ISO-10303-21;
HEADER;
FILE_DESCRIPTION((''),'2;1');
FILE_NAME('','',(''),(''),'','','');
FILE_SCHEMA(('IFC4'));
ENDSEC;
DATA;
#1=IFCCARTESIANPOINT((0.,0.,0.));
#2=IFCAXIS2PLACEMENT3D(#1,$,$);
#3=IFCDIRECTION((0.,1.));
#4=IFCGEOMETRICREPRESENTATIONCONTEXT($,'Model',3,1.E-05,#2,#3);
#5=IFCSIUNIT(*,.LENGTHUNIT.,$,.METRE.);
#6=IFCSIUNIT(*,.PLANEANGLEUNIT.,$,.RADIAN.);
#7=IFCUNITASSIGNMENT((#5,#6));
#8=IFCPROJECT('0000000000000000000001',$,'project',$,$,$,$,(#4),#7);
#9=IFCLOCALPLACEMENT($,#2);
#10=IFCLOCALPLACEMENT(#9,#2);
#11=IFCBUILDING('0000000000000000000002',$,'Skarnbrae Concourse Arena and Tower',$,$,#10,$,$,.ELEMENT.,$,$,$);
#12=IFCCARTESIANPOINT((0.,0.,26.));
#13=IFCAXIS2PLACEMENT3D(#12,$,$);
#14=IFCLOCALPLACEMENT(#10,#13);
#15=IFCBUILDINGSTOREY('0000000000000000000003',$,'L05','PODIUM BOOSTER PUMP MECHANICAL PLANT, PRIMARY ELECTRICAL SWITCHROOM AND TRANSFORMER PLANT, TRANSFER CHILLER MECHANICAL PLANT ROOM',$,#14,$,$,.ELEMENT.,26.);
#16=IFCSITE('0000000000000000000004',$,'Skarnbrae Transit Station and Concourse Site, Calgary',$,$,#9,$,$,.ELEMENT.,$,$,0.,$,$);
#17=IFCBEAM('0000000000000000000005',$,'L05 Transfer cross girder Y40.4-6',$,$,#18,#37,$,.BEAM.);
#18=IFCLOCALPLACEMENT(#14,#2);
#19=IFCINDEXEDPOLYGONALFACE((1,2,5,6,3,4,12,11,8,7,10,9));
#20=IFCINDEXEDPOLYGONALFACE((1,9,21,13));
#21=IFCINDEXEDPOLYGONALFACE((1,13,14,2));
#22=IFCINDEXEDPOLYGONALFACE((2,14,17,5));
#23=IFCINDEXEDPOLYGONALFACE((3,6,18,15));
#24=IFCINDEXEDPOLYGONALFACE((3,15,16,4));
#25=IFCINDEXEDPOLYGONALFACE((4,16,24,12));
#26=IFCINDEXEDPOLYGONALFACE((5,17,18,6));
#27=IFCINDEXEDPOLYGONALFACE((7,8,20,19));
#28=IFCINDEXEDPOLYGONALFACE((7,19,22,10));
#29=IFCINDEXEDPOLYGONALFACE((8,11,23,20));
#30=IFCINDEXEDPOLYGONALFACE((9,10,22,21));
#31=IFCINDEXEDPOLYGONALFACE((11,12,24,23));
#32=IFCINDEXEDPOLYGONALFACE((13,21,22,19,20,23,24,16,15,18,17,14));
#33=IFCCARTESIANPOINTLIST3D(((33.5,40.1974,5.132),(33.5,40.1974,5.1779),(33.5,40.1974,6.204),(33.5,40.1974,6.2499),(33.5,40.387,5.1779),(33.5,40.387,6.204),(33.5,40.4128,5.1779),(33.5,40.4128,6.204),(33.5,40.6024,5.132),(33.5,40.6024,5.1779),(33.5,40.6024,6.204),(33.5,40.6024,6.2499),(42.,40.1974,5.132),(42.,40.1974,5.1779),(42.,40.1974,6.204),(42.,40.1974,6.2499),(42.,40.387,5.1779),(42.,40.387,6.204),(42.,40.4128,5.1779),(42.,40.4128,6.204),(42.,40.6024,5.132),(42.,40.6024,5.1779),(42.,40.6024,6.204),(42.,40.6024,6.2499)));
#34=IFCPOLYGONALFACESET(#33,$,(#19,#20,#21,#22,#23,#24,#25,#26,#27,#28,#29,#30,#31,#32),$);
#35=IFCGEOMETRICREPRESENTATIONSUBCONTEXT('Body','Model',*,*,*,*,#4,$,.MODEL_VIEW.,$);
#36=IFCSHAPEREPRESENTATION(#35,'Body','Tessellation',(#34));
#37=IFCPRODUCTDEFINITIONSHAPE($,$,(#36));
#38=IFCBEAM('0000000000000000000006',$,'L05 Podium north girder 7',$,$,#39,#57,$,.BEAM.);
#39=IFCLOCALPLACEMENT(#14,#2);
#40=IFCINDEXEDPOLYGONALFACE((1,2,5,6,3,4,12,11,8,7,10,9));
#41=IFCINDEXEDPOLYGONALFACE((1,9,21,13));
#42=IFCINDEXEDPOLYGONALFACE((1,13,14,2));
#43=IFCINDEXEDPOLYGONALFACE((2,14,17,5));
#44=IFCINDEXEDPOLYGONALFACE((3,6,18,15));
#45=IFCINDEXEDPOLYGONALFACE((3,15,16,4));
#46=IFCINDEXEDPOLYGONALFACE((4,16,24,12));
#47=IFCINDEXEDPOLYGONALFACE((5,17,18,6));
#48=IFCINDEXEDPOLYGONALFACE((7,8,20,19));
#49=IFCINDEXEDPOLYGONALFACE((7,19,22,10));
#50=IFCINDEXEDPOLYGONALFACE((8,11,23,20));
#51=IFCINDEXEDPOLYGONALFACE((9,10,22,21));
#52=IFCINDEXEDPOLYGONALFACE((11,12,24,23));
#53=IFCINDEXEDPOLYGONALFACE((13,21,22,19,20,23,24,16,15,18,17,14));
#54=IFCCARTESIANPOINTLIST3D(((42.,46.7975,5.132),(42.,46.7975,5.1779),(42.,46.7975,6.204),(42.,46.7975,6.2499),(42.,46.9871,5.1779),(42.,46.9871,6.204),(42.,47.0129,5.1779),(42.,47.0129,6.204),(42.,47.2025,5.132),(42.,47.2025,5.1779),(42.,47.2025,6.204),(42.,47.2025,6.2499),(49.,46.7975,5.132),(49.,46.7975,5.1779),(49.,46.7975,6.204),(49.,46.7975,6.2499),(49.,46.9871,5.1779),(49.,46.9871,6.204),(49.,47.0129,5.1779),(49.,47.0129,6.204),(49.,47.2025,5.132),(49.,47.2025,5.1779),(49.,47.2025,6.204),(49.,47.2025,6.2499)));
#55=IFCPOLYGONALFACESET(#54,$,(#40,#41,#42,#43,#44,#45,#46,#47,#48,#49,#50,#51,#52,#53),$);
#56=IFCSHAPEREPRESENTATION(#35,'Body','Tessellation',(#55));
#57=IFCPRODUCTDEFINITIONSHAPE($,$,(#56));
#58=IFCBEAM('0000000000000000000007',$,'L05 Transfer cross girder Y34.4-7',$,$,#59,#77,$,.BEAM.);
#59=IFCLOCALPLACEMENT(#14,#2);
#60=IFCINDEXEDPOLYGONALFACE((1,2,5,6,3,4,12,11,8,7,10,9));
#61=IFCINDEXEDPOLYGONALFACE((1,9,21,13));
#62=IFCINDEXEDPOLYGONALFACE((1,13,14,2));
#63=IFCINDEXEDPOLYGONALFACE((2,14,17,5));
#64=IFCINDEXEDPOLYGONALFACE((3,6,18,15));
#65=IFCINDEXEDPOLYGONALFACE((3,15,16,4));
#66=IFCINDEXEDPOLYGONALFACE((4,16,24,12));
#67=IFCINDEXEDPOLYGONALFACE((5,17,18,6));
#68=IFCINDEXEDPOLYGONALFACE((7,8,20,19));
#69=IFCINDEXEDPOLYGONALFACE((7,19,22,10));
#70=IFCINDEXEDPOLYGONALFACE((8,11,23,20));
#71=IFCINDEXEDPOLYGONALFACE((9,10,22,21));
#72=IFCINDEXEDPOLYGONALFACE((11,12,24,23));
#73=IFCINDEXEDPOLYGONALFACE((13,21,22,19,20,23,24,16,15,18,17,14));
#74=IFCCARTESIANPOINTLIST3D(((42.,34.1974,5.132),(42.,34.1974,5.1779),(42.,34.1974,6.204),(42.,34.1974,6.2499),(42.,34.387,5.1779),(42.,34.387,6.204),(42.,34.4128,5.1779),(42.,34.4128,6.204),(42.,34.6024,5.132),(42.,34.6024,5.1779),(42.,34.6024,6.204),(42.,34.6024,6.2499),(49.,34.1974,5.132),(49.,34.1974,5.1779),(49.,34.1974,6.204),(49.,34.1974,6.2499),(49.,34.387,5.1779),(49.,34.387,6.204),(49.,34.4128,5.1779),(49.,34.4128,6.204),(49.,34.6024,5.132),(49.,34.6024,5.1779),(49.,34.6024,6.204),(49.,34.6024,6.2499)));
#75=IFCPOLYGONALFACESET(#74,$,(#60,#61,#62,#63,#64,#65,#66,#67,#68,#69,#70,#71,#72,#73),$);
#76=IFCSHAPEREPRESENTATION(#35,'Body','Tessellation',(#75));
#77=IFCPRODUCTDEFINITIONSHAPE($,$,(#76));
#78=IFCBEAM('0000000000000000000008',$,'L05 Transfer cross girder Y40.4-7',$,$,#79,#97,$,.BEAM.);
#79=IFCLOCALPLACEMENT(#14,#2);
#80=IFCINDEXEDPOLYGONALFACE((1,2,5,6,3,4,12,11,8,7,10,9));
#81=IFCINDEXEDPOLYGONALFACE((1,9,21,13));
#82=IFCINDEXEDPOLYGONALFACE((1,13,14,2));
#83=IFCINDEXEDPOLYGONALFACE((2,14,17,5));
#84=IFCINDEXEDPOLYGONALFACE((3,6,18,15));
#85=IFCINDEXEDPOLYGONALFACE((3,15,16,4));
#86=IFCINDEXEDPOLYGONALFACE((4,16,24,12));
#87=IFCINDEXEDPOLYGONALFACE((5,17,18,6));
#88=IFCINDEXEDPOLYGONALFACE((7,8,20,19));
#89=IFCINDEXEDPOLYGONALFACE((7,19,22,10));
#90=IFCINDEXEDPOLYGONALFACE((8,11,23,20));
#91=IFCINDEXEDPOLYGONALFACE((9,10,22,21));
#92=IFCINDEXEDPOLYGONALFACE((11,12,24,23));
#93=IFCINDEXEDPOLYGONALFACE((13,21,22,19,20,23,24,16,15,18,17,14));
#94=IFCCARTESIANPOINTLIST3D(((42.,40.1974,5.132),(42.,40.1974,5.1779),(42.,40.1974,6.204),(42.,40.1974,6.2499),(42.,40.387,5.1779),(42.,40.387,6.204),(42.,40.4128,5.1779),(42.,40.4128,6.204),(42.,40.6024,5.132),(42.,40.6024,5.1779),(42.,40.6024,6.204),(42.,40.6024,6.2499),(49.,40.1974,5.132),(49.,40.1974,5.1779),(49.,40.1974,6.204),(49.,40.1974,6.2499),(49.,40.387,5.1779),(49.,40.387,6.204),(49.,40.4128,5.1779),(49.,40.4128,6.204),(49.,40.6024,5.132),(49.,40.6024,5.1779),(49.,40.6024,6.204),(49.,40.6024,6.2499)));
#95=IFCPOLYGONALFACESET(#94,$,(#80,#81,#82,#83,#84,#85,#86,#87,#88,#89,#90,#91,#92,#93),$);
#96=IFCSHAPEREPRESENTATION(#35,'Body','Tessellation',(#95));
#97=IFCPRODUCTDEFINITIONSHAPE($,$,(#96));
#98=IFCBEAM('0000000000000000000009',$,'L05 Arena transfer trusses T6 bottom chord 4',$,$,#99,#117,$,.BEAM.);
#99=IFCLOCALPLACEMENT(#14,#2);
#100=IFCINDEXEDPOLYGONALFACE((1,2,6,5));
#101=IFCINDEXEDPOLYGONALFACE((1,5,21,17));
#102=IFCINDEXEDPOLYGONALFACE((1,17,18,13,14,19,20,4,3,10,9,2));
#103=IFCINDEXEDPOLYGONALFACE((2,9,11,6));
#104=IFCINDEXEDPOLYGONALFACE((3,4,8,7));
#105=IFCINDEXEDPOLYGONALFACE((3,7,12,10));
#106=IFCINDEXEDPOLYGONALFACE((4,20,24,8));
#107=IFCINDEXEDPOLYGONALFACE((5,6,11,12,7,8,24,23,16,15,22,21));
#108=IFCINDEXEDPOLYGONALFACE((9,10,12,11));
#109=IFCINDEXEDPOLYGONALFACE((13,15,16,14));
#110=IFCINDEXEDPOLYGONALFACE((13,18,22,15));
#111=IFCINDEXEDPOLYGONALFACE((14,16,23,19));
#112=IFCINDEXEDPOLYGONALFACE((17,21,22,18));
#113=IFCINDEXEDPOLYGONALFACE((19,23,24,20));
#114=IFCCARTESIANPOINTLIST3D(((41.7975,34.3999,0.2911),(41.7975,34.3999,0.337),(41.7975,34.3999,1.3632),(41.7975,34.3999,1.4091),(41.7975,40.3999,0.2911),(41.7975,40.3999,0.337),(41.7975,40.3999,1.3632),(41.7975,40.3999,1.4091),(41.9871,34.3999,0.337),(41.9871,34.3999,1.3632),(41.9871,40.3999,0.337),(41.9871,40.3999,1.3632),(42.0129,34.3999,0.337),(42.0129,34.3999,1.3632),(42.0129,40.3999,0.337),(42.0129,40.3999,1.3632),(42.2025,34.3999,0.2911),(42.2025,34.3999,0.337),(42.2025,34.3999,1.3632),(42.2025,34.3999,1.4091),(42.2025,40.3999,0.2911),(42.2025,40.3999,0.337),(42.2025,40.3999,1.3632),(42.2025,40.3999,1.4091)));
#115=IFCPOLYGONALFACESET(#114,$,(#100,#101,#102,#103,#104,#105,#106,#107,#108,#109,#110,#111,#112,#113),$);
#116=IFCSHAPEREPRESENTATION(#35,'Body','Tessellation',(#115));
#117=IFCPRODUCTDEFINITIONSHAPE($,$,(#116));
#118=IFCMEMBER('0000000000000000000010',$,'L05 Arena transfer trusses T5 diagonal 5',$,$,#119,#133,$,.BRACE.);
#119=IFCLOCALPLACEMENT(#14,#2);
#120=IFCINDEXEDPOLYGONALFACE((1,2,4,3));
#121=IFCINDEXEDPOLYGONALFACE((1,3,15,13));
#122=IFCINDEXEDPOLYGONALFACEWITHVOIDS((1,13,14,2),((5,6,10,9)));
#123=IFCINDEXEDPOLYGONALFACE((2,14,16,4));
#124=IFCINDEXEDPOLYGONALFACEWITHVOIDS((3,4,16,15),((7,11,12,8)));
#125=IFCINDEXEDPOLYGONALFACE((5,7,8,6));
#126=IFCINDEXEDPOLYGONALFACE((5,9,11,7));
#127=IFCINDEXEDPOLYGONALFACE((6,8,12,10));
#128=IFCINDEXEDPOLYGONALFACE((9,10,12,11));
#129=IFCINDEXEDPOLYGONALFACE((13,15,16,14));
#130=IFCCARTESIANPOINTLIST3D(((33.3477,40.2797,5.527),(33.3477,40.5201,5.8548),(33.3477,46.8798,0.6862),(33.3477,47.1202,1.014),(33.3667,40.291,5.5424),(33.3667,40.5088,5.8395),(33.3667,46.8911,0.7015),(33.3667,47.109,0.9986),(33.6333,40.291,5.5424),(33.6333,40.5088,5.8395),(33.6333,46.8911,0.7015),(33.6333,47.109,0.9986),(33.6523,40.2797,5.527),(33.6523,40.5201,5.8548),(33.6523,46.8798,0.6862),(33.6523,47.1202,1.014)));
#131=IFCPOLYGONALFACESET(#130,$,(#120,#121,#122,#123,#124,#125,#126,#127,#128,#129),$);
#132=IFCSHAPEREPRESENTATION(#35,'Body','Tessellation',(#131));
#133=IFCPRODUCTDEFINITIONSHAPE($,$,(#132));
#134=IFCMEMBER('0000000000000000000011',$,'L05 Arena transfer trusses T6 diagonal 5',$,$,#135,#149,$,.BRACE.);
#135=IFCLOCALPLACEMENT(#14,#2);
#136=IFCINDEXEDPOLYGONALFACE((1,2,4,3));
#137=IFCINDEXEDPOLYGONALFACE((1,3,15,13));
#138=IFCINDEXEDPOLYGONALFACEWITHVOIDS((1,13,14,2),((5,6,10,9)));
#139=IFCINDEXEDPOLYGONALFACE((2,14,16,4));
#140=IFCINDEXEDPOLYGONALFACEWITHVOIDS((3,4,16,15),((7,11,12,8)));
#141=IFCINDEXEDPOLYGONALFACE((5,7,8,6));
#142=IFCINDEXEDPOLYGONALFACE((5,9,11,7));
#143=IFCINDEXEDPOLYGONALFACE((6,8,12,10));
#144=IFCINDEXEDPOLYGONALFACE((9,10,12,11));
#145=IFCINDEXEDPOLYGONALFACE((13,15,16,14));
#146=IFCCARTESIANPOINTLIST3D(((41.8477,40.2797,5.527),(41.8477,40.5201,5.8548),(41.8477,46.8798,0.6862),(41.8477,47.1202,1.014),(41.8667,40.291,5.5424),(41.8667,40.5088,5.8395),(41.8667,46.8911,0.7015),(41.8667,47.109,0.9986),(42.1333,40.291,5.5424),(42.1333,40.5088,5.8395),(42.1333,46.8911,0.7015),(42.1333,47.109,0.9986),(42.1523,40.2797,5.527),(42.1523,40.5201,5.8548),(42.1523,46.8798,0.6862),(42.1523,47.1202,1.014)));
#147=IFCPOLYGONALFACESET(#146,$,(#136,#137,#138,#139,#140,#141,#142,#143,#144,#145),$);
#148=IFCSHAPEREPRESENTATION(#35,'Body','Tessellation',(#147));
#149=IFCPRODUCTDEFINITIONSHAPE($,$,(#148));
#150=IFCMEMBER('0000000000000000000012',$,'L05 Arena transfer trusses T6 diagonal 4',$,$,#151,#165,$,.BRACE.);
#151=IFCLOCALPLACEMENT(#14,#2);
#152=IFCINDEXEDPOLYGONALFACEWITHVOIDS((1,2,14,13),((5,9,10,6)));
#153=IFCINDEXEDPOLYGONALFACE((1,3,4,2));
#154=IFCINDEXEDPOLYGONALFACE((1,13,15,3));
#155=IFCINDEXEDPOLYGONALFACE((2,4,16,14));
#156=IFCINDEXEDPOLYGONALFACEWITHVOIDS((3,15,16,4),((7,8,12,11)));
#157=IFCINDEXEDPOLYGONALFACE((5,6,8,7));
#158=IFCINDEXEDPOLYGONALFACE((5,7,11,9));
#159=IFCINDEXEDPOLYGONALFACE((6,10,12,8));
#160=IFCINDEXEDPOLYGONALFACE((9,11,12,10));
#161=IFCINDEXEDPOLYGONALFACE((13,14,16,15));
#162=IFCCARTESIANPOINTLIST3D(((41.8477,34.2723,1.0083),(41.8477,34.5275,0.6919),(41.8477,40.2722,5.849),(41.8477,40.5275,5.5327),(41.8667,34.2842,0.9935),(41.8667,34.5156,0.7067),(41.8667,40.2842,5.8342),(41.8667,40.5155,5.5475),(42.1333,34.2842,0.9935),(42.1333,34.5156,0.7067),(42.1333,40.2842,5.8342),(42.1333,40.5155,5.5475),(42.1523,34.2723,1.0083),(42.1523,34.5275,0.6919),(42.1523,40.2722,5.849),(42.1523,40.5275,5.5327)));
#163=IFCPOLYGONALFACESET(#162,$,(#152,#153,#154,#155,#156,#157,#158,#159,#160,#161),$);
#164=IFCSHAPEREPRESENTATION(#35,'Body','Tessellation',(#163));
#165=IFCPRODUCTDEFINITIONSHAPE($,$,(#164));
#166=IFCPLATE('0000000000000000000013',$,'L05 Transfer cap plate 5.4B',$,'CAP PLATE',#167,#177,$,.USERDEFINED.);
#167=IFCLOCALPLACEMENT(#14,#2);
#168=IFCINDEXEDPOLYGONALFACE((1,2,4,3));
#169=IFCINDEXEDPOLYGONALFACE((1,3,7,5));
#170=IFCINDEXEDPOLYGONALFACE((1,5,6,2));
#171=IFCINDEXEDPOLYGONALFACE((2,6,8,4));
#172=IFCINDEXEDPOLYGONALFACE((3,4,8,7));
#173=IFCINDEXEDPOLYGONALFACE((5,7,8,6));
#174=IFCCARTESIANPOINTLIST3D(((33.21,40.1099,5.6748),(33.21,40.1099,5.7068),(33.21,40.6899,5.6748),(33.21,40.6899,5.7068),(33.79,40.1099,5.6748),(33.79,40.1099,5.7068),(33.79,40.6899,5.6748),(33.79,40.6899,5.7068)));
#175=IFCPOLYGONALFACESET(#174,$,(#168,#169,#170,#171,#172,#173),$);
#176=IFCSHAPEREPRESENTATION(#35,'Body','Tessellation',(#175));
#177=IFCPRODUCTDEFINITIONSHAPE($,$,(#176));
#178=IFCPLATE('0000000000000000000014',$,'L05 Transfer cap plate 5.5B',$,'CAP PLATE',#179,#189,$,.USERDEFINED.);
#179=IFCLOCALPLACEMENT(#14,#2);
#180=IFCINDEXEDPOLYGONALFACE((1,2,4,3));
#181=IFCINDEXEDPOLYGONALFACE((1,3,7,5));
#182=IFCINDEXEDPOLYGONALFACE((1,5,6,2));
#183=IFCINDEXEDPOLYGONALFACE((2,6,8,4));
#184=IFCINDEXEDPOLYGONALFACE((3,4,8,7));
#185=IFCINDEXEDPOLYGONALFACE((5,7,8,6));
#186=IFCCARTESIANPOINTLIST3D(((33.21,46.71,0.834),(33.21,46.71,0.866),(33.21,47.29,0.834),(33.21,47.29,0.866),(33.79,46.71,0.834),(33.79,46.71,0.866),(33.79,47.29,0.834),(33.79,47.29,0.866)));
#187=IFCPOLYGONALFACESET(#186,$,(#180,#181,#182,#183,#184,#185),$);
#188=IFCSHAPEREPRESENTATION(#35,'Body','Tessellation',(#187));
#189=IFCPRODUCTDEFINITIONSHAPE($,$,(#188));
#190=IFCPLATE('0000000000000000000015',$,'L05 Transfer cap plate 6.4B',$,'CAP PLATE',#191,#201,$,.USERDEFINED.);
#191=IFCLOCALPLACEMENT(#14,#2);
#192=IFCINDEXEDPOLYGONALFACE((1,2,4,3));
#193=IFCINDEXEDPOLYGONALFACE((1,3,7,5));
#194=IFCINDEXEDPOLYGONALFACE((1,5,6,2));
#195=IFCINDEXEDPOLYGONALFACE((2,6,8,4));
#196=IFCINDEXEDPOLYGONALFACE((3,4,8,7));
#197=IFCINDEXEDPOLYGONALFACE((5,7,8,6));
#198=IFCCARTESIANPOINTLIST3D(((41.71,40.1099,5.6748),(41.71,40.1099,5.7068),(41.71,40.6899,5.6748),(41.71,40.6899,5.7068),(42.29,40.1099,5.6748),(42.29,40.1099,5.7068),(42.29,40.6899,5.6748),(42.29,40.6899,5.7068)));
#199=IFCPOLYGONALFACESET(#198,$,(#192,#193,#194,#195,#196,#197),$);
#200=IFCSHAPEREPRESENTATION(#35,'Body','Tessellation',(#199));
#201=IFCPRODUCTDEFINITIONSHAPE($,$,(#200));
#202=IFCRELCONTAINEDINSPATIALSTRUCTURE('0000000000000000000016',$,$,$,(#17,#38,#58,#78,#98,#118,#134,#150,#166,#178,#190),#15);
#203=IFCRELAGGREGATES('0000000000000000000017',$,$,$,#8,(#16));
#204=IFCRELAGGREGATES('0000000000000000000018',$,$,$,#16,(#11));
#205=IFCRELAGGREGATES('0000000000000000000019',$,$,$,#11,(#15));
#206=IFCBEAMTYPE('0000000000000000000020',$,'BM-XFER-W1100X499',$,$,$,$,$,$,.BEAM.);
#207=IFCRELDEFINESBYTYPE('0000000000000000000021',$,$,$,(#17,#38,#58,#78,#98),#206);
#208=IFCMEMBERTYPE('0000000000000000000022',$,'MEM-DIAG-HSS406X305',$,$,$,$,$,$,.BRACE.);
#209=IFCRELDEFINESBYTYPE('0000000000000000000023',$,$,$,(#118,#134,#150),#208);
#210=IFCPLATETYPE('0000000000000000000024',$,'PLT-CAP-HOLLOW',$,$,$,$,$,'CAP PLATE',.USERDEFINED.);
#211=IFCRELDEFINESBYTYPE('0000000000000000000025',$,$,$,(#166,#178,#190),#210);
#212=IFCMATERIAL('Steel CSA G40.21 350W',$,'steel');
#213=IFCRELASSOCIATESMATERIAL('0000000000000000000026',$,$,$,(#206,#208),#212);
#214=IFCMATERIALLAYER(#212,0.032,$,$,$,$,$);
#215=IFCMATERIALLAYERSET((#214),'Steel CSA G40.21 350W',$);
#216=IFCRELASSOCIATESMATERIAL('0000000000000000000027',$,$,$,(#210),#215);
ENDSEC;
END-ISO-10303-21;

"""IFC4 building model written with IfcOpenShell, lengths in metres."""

from ifc_helpers import new_model, si_unit, direction, frame, origin, origin_2d, place, context, subcontext, project, spatial, rectangle, hollow_rectangle, i_section, extrude, source, transform, mapped, material, layer, layer_set, material_profile, profile_set, type_object, element, save


model = new_model("IFC4")

# Units and contexts
model_context = context("Model", 3, precision=1e-05, world=origin(), true_north=direction((0.0, 1.0)))
body_context = subcontext(model_context, "Body", "Model", "MODEL_VIEW")
ifc_project = project(units=[si_unit("LENGTHUNIT", "METRE"), si_unit("PLANEANGLEUNIT", "RADIAN")], contexts=[model_context])

# Site, building, storey
site_placement = place(None, origin())
site = spatial("IfcSite", under=ifc_project, at=site_placement, Name="Skarnbrae Transit Station and Concourse Site, Calgary", CompositionType="ELEMENT", RefElevation=0.0)
building_placement = place(site_placement, origin())
building = spatial("IfcBuilding", under=site, at=building_placement, Name="Skarnbrae Concourse Arena and Tower", CompositionType="ELEMENT")
storey_placement = place(building_placement, frame((0.0, 0.0, 26.0)))
storey = spatial("IfcBuildingStorey", under=building, at=storey_placement, Name="L05", Description="PODIUM BOOSTER PUMP MECHANICAL PLANT, PRIMARY ELECTRICAL SWITCHROOM AND TRANSFORMER PLANT, TRANSFER CHILLER MECHANICAL PLANT ROOM", CompositionType="ELEMENT", Elevation=26.0)

# Shared definitions
ifc_material_1 = material(Name="Steel CSA G40.21 350W", Category="steel")

# Beams
ifc_material_profile_1 = material_profile(ifc_material_1, i_section(OverallWidth=0.405, OverallDepth=1.1179, WebThickness=0.0259, FlangeThickness=0.0459, at=origin_2d()), Name="W1100X499")
ifc_profile_set_1 = profile_set([ifc_material_profile_1], Name="Steel CSA G40.21 350W")
beam_type = type_object("IfcBeamType", Name="BM-XFER-W1100X499", PredefinedType="BEAM", material=ifc_profile_set_1)
shared_shape_1 = source(origin(), body_context, "Body", "SweptSolid", [
    extrude(i_section(OverallWidth=0.405, OverallDepth=1.1179, WebThickness=0.0259, FlangeThickness=0.0459, at=origin_2d()), origin(), (0.0, 0.0, 1.0), 8.5),
])
for number, where, z_axis, x_axis, name in (
    (1, (33.5, 40.3999, 5.6909), (1.0, 0.0, 0.0), (0.0, 1.0, 0.0), "L05 Transfer cross girder Y40.4-6"),
):
    element("IfcBeam", number, at=place(storey_placement, frame(where, z_axis=z_axis, x_axis=x_axis)), inside=storey, type_object=beam_type, Name=name, PredefinedType="BEAM", context=body_context, shape_type="MappedRepresentation", body=[
        mapped(shared_shape_1, transform((0.0, 0.0, 0.0))),
    ])
shared_shape_2 = source(origin(), body_context, "Body", "SweptSolid", [
    extrude(i_section(OverallWidth=0.405, OverallDepth=1.1179, WebThickness=0.0259, FlangeThickness=0.0459, at=origin_2d()), origin(), (0.0, 0.0, 1.0), 7.0),
])
for number, where, z_axis, x_axis, name in (
    (2, (42.0, 47.0, 5.6909), (1.0, 0.0, 0.0), (0.0, 1.0, 0.0), "L05 Podium north girder 7"),
    (3, (42.0, 34.3999, 5.6909), (1.0, 0.0, 0.0), (0.0, 1.0, 0.0), "L05 Transfer cross girder Y34.4-7"),
    (4, (42.0, 40.3999, 5.6909), (1.0, 0.0, 0.0), (0.0, 1.0, 0.0), "L05 Transfer cross girder Y40.4-7"),
):
    element("IfcBeam", number, at=place(storey_placement, frame(where, z_axis=z_axis, x_axis=x_axis)), inside=storey, type_object=beam_type, Name=name, PredefinedType="BEAM", context=body_context, shape_type="MappedRepresentation", body=[
        mapped(shared_shape_2, transform((0.0, 0.0, 0.0))),
    ])
shared_shape_3 = source(origin(), body_context, "Body", "SweptSolid", [
    extrude(i_section(OverallWidth=0.405, OverallDepth=1.1179, WebThickness=0.0259, FlangeThickness=0.0459, at=origin_2d()), origin(), (0.0, 0.0, 1.0), 6.0),
])
beam_placement = place(storey_placement, frame((42.0, 34.3999, 0.8501), z_axis=(0.0, 1.0, 0.0), x_axis=(-1.0, 0.0, 0.0)))
element("IfcBeam", 5, at=beam_placement, inside=storey, type_object=beam_type, Name="L05 Arena transfer trusses T6 bottom chord 4", PredefinedType="BEAM", context=body_context, shape_type="MappedRepresentation", body=[
    mapped(shared_shape_3, transform((0.0, 0.0, 0.0))),
])

# Members
ifc_material_profile_2 = material_profile(ifc_material_1, hollow_rectangle(XDim=0.3047, YDim=0.4065, WallThickness=0.019, at=origin_2d()), Name="HSS406X305X19.0")
ifc_profile_set_2 = profile_set([ifc_material_profile_2], Name="Steel CSA G40.21 350W")
member_type = type_object("IfcMemberType", Name="MEM-DIAG-HSS406X305", PredefinedType="BRACE", material=ifc_profile_set_2)
shared_shape_4 = source(origin(), body_context, "Body", "SweptSolid", [
    extrude(hollow_rectangle(XDim=0.3047, YDim=0.4065, WallThickness=0.019, at=origin_2d()), origin(), (0.0, 0.0, 1.0), 8.1851),
])
for number, where, z_axis, x_axis, name in (
    (6, (33.5, 40.3999, 5.6909), (0.0, 0.806361, -0.591423), (-1.0, 0.0, 0.0), "L05 Arena transfer trusses T5 diagonal 5"),
    (7, (42.0, 40.3999, 5.6909), (0.0, 0.806361, -0.591423), (-1.0, 0.0, 0.0), "L05 Arena transfer trusses T6 diagonal 5"),
):
    element("IfcMember", number, at=place(storey_placement, frame(where, z_axis=z_axis, x_axis=x_axis)), inside=storey, type_object=member_type, Name=name, PredefinedType="BRACE", context=body_context, shape_type="MappedRepresentation", body=[
        mapped(shared_shape_4, transform((0.0, 0.0, 0.0))),
    ])
shared_shape_5 = source(origin(), body_context, "Body", "SweptSolid", [
    extrude(hollow_rectangle(XDim=0.3047, YDim=0.4065, WallThickness=0.019, at=origin_2d()), origin(), (0.0, 0.0, 1.0), 7.7092),
])
member_placement = place(storey_placement, frame((42.0, 34.3999, 0.8501), z_axis=(0.0, 0.778279, 0.627918), x_axis=(-1.0, 0.0, 0.0)))
element("IfcMember", 8, at=member_placement, inside=storey, type_object=member_type, Name="L05 Arena transfer trusses T6 diagonal 4", PredefinedType="BRACE", context=body_context, shape_type="MappedRepresentation", body=[
    mapped(shared_shape_5, transform((0.0, 0.0, 0.0))),
])

# Plates
ifc_layer_1 = layer(ifc_material_1, 0.032)
ifc_layer_set_1 = layer_set([ifc_layer_1], Name="Steel CSA G40.21 350W")
plate_type_1 = type_object("IfcPlateType", Name="PLT-CAP-HOLLOW", ElementType="CAP PLATE", PredefinedType="USERDEFINED", material=ifc_layer_set_1)
shared_shape_6 = source(origin(), body_context, "Body", "SweptSolid", [
    extrude(rectangle(XDim=0.5801, YDim=0.5801, at=origin_2d()), origin(), (0.0, 0.0, 1.0), 0.032),
])
for number, where, z_axis, x_axis, name in (
    (9, (33.5, 40.3999, 5.6748), (0.0, 0.0, 1.0), (1.0, 0.0, 0.0), "L05 Transfer cap plate 5.4B"),
    (10, (33.5, 47.0, 0.834), (0.0, 0.0, 1.0), (1.0, 0.0, 0.0), "L05 Transfer cap plate 5.5B"),
    (11, (42.0, 40.3999, 5.6748), (0.0, 0.0, 1.0), (1.0, 0.0, 0.0), "L05 Transfer cap plate 6.4B"),
):
    element("IfcPlate", number, at=place(storey_placement, frame(where, z_axis=z_axis, x_axis=x_axis)), inside=storey, type_object=plate_type_1, Name=name, ObjectType="CAP PLATE", PredefinedType="USERDEFINED", context=body_context, shape_type="MappedRepresentation", body=[
        mapped(shared_shape_6, transform((0.0, 0.0, 0.0))),
    ])

save(model, "model.ifc")
